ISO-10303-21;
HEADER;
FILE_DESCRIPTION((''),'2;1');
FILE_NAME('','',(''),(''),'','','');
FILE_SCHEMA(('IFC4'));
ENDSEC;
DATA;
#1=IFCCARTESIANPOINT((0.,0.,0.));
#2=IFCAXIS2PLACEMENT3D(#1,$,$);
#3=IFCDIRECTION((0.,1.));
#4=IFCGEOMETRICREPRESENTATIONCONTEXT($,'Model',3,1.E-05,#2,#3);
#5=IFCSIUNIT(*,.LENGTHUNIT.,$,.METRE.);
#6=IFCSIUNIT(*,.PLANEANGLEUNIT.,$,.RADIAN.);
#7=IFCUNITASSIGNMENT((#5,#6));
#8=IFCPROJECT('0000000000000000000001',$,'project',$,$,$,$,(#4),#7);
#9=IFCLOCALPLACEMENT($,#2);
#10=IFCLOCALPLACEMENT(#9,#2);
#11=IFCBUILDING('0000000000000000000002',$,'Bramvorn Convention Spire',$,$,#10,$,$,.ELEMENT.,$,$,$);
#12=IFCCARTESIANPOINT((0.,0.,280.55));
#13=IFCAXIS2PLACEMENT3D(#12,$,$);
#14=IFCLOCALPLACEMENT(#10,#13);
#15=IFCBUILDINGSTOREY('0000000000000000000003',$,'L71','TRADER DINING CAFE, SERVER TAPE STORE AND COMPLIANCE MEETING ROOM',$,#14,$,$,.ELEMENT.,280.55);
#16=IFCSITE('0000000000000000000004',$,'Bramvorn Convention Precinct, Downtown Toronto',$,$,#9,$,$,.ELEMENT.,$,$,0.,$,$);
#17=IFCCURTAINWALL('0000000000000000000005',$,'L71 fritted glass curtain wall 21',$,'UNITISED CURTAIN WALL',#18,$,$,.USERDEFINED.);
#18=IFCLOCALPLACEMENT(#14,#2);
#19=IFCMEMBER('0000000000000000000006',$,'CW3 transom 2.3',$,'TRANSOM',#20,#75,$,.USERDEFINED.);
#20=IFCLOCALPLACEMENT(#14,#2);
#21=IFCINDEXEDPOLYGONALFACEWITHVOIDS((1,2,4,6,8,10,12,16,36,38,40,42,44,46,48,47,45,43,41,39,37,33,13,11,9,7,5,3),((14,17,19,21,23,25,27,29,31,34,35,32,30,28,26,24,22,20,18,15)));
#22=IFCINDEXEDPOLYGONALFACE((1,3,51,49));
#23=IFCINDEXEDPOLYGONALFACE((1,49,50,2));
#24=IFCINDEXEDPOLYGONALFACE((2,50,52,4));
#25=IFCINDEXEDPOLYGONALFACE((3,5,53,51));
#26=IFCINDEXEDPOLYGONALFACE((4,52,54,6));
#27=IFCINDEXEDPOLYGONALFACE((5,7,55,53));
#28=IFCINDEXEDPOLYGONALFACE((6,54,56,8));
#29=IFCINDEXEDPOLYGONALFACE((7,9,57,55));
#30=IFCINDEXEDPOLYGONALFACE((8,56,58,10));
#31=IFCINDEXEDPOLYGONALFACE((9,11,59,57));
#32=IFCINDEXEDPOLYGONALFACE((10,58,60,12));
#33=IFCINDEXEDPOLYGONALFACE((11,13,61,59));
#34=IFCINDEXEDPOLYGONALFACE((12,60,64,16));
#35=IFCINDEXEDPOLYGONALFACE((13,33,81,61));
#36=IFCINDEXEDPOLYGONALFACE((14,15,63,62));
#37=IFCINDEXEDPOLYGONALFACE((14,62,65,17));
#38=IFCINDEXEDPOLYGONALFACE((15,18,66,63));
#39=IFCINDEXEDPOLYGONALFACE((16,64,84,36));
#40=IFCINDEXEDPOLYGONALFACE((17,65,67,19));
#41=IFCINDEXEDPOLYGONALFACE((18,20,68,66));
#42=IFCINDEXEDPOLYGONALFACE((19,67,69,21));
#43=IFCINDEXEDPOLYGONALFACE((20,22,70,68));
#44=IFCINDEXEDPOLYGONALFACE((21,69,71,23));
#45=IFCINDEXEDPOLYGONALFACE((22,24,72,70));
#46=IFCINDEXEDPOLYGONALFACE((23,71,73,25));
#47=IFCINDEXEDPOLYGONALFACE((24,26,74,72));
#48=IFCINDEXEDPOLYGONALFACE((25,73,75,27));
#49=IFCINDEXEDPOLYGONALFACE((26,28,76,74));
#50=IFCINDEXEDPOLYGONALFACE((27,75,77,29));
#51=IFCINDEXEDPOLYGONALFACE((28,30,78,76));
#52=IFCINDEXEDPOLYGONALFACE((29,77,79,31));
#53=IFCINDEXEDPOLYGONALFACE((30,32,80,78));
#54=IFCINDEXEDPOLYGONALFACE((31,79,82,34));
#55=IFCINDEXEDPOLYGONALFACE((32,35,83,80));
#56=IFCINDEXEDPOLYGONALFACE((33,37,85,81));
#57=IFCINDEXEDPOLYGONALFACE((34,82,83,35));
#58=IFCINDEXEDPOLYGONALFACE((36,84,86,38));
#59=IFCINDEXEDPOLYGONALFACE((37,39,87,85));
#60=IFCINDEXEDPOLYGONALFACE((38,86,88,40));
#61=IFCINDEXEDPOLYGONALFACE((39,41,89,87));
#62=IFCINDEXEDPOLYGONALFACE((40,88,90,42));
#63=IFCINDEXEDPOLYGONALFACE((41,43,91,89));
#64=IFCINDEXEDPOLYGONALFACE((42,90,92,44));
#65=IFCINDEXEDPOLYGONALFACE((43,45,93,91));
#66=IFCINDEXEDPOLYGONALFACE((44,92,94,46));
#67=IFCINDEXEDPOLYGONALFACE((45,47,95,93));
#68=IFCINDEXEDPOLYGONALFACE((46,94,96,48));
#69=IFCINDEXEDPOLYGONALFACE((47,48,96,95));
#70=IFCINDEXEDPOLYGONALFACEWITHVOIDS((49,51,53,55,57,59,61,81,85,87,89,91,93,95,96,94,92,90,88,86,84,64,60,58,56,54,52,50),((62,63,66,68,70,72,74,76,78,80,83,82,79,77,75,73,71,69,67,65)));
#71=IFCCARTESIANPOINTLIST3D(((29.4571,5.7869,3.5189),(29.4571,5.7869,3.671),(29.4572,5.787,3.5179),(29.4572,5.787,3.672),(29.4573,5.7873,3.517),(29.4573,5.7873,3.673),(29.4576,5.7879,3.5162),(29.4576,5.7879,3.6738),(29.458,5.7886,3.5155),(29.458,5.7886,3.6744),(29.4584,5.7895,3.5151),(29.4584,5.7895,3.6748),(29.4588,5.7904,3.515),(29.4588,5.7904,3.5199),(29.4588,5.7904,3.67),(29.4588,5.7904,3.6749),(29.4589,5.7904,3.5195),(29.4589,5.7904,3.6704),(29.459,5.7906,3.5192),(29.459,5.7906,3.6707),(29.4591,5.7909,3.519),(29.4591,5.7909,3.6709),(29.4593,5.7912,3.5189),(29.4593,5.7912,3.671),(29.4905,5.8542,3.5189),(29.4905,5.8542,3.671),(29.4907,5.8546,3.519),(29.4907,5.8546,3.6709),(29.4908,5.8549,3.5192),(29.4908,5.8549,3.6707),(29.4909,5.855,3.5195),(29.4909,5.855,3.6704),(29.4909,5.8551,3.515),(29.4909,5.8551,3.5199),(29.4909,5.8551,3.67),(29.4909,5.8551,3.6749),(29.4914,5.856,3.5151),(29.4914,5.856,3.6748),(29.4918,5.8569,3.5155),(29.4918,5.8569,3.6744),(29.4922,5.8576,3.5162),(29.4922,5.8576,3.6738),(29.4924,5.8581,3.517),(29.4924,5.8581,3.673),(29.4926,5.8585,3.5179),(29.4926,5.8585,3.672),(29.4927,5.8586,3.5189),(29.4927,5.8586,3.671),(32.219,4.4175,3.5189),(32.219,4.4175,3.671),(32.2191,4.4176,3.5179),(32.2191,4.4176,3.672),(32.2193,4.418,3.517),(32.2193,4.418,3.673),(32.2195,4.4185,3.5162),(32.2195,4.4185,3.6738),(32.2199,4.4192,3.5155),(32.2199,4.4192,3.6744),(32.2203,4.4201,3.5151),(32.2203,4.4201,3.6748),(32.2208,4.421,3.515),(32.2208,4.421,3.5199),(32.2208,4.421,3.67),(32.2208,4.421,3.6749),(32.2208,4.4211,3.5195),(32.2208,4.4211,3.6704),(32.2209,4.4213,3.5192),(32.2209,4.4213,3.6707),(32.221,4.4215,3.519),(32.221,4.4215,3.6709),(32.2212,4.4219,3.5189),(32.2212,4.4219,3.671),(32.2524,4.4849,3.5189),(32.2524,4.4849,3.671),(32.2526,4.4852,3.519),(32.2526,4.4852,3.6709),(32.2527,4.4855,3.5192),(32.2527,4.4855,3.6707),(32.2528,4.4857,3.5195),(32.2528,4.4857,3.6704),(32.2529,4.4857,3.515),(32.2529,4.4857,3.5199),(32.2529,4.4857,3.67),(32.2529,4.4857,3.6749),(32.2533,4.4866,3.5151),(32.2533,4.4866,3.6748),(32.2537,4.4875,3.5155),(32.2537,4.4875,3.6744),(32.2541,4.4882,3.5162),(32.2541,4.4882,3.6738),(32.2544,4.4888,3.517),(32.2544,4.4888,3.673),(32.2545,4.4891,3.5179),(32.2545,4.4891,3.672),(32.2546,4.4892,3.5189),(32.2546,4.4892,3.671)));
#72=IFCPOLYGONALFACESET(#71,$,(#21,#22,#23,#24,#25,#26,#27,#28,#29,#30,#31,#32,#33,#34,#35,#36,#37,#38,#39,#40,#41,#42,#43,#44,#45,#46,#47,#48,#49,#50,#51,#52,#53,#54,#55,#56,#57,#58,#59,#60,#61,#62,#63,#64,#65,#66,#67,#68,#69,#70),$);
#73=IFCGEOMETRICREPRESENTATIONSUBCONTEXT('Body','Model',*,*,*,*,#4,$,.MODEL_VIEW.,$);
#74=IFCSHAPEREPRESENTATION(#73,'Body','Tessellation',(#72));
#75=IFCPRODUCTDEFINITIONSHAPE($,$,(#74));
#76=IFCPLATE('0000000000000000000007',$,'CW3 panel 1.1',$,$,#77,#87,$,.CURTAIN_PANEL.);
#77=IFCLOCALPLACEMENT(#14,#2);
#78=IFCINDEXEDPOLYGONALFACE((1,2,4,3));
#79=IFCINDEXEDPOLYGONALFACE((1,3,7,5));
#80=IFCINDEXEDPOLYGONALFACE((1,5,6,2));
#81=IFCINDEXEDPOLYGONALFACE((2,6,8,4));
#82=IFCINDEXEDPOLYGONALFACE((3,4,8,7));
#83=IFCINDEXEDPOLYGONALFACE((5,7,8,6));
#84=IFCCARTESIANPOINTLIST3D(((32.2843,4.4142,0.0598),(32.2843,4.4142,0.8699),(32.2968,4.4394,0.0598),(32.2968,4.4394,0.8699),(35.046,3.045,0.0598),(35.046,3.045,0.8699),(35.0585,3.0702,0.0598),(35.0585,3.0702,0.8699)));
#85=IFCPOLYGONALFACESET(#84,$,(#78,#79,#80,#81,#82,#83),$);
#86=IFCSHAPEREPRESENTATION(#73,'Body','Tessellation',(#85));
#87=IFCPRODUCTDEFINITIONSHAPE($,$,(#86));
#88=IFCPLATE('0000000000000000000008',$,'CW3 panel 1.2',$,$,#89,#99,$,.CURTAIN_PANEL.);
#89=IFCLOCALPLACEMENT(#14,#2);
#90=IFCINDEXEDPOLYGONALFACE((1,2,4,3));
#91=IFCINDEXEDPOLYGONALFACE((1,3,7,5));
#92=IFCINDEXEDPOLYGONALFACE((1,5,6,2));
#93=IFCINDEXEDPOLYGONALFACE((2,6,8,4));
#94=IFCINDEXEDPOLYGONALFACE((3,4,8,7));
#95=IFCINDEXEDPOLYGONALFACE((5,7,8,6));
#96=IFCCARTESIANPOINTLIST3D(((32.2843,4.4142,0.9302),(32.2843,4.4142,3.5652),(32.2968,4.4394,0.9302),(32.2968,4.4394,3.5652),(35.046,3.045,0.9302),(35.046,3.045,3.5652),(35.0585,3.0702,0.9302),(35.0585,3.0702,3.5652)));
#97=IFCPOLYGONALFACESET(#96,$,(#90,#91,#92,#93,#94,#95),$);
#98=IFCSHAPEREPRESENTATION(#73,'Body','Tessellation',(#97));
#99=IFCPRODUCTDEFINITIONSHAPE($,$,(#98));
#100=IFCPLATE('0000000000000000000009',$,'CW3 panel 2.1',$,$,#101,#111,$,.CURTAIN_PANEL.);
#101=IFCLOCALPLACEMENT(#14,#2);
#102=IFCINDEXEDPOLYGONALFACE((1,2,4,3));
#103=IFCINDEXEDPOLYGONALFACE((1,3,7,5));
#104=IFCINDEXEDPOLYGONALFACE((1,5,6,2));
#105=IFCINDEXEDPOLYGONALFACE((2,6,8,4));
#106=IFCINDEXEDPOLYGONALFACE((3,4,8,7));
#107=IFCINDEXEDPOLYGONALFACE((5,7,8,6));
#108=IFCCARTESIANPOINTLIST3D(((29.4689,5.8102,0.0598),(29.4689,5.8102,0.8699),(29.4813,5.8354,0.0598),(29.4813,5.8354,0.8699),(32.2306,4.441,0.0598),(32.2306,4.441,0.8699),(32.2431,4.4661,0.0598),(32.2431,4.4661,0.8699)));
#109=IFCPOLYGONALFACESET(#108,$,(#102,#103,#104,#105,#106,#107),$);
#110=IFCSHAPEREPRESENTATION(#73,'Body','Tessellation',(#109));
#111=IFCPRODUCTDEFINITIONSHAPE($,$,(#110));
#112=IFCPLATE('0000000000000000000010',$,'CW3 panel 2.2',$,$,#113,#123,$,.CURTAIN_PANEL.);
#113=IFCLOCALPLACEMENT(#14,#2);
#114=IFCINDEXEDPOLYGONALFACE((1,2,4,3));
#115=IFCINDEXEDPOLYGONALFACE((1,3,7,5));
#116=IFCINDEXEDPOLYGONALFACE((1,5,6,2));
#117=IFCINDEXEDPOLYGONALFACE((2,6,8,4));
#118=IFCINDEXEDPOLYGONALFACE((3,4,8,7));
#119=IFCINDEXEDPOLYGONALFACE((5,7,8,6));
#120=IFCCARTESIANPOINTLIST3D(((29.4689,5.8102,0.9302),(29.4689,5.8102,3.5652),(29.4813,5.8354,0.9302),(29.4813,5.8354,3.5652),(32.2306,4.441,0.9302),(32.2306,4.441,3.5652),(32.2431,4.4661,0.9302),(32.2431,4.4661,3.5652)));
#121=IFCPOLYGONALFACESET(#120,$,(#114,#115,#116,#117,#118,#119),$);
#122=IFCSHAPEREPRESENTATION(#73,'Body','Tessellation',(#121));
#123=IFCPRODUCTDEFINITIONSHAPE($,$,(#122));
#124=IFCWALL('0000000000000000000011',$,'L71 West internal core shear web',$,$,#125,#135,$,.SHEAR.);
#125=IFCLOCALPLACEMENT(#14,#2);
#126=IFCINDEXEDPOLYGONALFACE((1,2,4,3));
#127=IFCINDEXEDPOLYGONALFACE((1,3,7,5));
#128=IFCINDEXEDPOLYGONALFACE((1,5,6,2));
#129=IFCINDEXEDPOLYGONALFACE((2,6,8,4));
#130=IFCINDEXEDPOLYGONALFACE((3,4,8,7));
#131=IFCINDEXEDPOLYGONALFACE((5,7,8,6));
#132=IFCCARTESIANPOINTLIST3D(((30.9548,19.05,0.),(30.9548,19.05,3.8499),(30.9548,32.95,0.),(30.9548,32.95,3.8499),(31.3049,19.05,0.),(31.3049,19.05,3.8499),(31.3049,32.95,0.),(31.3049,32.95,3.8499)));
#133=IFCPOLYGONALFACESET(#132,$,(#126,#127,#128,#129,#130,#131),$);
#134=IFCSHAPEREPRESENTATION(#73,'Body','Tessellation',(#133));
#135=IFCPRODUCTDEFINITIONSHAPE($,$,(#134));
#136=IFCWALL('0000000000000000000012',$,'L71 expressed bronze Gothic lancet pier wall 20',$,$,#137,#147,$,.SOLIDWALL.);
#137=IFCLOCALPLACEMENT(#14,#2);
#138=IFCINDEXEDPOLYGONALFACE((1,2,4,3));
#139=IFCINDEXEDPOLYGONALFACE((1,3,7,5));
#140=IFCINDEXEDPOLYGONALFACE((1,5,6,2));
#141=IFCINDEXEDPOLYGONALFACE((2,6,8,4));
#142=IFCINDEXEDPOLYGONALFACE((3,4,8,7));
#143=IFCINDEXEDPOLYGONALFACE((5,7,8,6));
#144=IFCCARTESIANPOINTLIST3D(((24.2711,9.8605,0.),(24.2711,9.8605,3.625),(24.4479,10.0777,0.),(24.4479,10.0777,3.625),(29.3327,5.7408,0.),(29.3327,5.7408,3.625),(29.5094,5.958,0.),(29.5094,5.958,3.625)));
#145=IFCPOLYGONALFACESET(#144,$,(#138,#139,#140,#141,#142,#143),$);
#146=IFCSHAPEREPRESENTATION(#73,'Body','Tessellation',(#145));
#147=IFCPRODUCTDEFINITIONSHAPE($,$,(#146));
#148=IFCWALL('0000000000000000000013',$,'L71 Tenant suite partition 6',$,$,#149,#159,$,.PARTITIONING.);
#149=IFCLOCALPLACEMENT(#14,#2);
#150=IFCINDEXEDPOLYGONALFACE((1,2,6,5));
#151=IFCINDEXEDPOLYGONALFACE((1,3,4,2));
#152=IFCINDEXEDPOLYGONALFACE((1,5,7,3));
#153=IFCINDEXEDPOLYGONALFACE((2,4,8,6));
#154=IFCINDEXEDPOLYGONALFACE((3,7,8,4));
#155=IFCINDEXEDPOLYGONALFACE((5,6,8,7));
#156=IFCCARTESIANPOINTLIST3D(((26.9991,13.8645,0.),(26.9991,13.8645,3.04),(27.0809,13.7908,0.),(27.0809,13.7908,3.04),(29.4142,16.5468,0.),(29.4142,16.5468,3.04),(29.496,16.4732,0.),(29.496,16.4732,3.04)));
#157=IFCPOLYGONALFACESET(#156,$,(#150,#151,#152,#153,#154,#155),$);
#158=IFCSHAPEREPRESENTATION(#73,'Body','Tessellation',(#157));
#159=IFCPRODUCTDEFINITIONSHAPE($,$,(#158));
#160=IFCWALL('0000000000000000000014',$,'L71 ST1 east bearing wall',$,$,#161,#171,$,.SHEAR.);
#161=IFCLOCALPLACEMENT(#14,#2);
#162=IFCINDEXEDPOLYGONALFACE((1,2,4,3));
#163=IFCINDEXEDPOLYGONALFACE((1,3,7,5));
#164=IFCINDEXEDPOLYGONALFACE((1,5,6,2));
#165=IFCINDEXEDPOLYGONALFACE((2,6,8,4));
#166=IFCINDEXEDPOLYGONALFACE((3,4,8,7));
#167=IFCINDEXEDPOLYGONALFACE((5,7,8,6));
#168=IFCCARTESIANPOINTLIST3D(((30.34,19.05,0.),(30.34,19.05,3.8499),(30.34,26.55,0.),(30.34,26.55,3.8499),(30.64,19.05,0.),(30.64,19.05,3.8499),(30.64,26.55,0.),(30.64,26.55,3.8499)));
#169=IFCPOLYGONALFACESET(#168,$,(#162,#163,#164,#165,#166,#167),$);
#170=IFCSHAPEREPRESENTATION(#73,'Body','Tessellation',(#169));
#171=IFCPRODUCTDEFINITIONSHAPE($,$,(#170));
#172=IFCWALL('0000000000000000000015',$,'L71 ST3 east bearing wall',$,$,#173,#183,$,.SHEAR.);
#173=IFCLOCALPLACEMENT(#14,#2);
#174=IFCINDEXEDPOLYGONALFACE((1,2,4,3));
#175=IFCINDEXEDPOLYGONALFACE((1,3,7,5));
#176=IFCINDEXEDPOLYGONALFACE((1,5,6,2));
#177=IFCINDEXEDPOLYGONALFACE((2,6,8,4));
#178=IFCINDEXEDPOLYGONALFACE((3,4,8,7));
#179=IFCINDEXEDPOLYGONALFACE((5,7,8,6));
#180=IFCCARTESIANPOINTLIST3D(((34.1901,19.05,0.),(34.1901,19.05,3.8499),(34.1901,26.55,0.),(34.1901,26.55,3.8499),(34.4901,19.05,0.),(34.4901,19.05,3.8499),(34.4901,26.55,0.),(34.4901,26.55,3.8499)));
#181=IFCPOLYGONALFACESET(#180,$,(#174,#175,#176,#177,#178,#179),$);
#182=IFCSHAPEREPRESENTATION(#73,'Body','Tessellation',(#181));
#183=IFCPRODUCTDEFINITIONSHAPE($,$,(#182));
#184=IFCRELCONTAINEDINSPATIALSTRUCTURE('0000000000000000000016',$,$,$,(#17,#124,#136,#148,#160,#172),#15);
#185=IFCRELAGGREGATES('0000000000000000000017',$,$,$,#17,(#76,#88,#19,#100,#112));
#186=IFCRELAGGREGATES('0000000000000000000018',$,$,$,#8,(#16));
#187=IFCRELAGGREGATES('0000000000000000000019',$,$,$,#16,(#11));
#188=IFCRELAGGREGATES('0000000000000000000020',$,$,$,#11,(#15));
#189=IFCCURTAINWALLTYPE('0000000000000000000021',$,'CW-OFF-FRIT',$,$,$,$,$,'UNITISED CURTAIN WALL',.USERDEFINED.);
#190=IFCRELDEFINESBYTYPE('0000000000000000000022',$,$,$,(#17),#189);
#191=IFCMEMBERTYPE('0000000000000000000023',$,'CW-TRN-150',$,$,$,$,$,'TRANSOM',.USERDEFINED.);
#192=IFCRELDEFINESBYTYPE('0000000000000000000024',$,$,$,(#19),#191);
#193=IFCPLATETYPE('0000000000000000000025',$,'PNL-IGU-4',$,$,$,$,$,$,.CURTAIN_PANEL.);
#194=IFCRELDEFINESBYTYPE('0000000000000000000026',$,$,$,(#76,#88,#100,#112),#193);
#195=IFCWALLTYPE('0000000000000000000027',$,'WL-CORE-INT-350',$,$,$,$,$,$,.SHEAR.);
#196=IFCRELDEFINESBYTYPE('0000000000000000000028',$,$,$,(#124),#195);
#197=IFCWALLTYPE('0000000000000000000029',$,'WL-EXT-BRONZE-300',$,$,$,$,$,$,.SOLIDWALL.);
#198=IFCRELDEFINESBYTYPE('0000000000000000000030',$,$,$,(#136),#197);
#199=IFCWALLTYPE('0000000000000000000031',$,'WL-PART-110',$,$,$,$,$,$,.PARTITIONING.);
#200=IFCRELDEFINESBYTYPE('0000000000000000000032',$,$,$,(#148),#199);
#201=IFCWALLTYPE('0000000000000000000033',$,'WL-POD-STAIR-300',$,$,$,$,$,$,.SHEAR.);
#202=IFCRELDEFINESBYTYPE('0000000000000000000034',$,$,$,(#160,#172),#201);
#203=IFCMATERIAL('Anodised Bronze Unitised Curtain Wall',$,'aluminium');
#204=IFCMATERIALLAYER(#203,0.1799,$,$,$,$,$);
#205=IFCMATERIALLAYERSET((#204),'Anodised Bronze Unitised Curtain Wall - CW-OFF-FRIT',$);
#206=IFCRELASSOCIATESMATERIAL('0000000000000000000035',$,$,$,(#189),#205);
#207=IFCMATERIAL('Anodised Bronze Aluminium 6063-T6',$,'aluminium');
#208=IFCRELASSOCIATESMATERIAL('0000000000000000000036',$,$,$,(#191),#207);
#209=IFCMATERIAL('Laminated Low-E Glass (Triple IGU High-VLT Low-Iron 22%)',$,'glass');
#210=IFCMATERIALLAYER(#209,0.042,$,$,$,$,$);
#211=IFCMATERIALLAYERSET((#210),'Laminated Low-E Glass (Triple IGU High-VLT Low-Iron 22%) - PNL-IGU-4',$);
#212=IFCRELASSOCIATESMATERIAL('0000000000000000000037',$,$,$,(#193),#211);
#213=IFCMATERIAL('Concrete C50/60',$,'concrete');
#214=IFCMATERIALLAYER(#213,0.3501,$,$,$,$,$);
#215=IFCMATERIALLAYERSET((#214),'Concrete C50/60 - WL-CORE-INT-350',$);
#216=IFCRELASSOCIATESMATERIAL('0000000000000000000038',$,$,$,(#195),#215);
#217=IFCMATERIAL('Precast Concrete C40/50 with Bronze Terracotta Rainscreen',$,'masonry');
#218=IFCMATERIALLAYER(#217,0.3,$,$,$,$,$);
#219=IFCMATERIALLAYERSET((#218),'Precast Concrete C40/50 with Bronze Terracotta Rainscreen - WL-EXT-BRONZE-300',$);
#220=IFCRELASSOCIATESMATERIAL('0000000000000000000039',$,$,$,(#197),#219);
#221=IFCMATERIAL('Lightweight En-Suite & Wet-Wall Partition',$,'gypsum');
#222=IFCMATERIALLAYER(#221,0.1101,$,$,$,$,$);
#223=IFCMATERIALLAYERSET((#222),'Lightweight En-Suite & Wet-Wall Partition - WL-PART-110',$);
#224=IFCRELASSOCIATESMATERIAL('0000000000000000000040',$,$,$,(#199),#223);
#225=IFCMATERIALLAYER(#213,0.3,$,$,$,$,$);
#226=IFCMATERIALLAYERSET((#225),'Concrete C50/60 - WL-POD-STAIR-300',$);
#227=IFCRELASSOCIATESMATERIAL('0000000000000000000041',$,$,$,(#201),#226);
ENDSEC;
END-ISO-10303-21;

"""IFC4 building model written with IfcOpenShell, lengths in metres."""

from ifc_helpers import new_model, si_unit, direction, frame, frame_2d, origin, origin_2d, place, context, subcontext, project, spatial, rectangle, hollow_rectangle, extrude, material, layer, layer_set, material_profile, profile_set, type_object, element, aggregate, save


model = new_model("IFC4")

# Units and contexts
model_context = context("Model", 3, precision=1e-05, world=origin(), true_north=direction((0.0, 1.0)))
body_context = subcontext(model_context, "Body", "Model", "MODEL_VIEW")
ifc_project = project(units=[si_unit("LENGTHUNIT", "METRE"), si_unit("PLANEANGLEUNIT", "RADIAN")], contexts=[model_context])

# Site, building, storey
site_placement = place(None, origin())
site = spatial("IfcSite", under=ifc_project, at=site_placement, Name="Bramvorn Convention Precinct, Downtown Toronto", CompositionType="ELEMENT", RefElevation=0.0)
building_placement = place(site_placement, origin())
building = spatial("IfcBuilding", under=site, at=building_placement, Name="Bramvorn Convention Spire", CompositionType="ELEMENT")
storey_placement = place(building_placement, frame((0.0, 0.0, 280.55)))
storey = spatial("IfcBuildingStorey", under=building, at=storey_placement, Name="L71", Description="TRADER DINING CAFE, SERVER TAPE STORE AND COMPLIANCE MEETING ROOM", CompositionType="ELEMENT", Elevation=280.55)

# Curtain wall, member, plates
ifc_material_1 = material(Name="Anodised Bronze Unitised Curtain Wall", Category="aluminium")
ifc_layer_1 = layer(ifc_material_1, 0.1799)
ifc_layer_set_1 = layer_set([ifc_layer_1], Name="Anodised Bronze Unitised Curtain Wall - CW-OFF-FRIT")
curtain_wall_type = type_object("IfcCurtainWallType", Name="CW-OFF-FRIT", ElementType="UNITISED CURTAIN WALL", PredefinedType="USERDEFINED", material=ifc_layer_set_1)
curtain_wall_placement = place(storey_placement, origin())
curtain_wall = element("IfcCurtainWall", 1, at=curtain_wall_placement, inside=storey, type_object=curtain_wall_type, Name="L71 fritted glass curtain wall 21", ObjectType="UNITISED CURTAIN WALL", PredefinedType="USERDEFINED")
ifc_material_2 = material(Name="Anodised Bronze Aluminium 6063-T6", Category="aluminium")
ifc_material_profile_1 = material_profile(ifc_material_2, hollow_rectangle(XDim=0.0801, YDim=0.1599, WallThickness=0.0039, InnerFilletRadius=0.001, OuterFilletRadius=0.0039, at=origin_2d()))
ifc_profile_set_1 = profile_set([ifc_material_profile_1], Name="Anodised Bronze Aluminium 6063-T6 - CWT80X160")
member_type_1 = type_object("IfcMemberType", Name="CW-TRN-150", ElementType="TRANSOM", PredefinedType="USERDEFINED", material=ifc_profile_set_1)
member_1_placement = place(storey_placement, frame((32.2368, 4.4534, 3.595), z_axis=(-0.895927, 0.444202, 0.0), x_axis=(-0.444202, -0.895927, 0.0)))
member_1 = element("IfcMember", 2, at=member_1_placement, type_object=member_type_1, Name="CW3 transom 2.3", ObjectType="TRANSOM", PredefinedType="USERDEFINED", context=body_context, shape_type="SweptSolid", body=[
    extrude(hollow_rectangle(XDim=0.0801, YDim=0.1599, WallThickness=0.0039, InnerFilletRadius=0.001, OuterFilletRadius=0.0039, at=origin_2d()), origin(), (0.0, 0.0, 1.0), 3.0828),
])
ifc_material_3 = material(Name="Laminated Low-E Glass (Triple IGU High-VLT Low-Iron 22%)", Category="glass")
ifc_layer_2 = layer(ifc_material_3, 0.042)
ifc_layer_set_2 = layer_set([ifc_layer_2], Name="Laminated Low-E Glass (Triple IGU High-VLT Low-Iron 22%) - PNL-IGU-4")
plate_type = type_object("IfcPlateType", Name="PNL-IGU-4", PredefinedType="CURTAIN_PANEL", material=ifc_layer_set_2)
plate_1_placement = place(storey_placement, frame((33.6714, 3.7422, 0.0598), z_axis=(0.0, 0.0, 1.0), x_axis=(-0.895932, 0.444191, 0.0)))
plate_1 = element("IfcPlate", 3, at=plate_1_placement, type_object=plate_type, Name="CW3 panel 1.1", PredefinedType="CURTAIN_PANEL", context=body_context, shape_type="SweptSolid", body=[
    extrude(rectangle(XDim=3.0825, YDim=0.0281, at=origin_2d()), origin(), (0.0, 0.0, 1.0), 0.8101),
])
plate_2_placement = place(storey_placement, frame((33.6714, 3.7422, 0.9302), z_axis=(0.0, 0.0, 1.0), x_axis=(-0.895932, 0.444191, 0.0)))
plate_2 = element("IfcPlate", 4, at=plate_2_placement, type_object=plate_type, Name="CW3 panel 1.2", PredefinedType="CURTAIN_PANEL", context=body_context, shape_type="SweptSolid", body=[
    extrude(rectangle(XDim=3.0825, YDim=0.0281, at=origin_2d()), origin(), (0.0, 0.0, 1.0), 2.635),
])
plate_3_placement = place(storey_placement, frame((30.856, 5.1382, 0.0598), z_axis=(0.0, 0.0, 1.0), x_axis=(-0.895932, 0.444191, 0.0)))
plate_3 = element("IfcPlate", 5, at=plate_3_placement, type_object=plate_type, Name="CW3 panel 2.1", PredefinedType="CURTAIN_PANEL", context=body_context, shape_type="SweptSolid", body=[
    extrude(rectangle(XDim=3.0825, YDim=0.0281, at=origin_2d()), origin(), (0.0, 0.0, 1.0), 0.8101),
])
plate_4_placement = place(storey_placement, frame((30.856, 5.1382, 0.9302), z_axis=(0.0, 0.0, 1.0), x_axis=(-0.895932, 0.444191, 0.0)))
plate_4 = element("IfcPlate", 6, at=plate_4_placement, type_object=plate_type, Name="CW3 panel 2.2", PredefinedType="CURTAIN_PANEL", context=body_context, shape_type="SweptSolid", body=[
    extrude(rectangle(XDim=3.0825, YDim=0.0281, at=origin_2d()), origin(), (0.0, 0.0, 1.0), 2.635),
])
aggregate(curtain_wall, [plate_1, plate_2, member_1, plate_3, plate_4])

# Walls
ifc_material_4 = material(Name="Concrete C50/60", Category="concrete")
ifc_layer_3 = layer(ifc_material_4, 0.3501)
ifc_layer_set_3 = layer_set([ifc_layer_3], Name="Concrete C50/60 - WL-CORE-INT-350")
wall_type_1 = type_object("IfcWallType", Name="WL-CORE-INT-350", PredefinedType="SHEAR", material=ifc_layer_set_3)
wall_1_placement = place(storey_placement, frame((31.1299, 19.05, 0.0), z_axis=(0.0, 0.0, 1.0), x_axis=(0.0, 1.0, 0.0)))
element("IfcWall", 7, at=wall_1_placement, inside=storey, type_object=wall_type_1, Name="L71 West internal core shear web", PredefinedType="SHEAR", context=body_context, shape_type="SweptSolid", body=[
    extrude(rectangle(XDim=13.8999, YDim=0.3501, at=frame_2d((6.95, 0.0))), origin(), (0.0, 0.0, 1.0), 3.8499),
])
ifc_material_5 = material(Name="Precast Concrete C40/50 with Bronze Terracotta Rainscreen", Category="masonry")
ifc_layer_4 = layer(ifc_material_5, 0.3)
ifc_layer_set_4 = layer_set([ifc_layer_4], Name="Precast Concrete C40/50 with Bronze Terracotta Rainscreen - WL-EXT-BRONZE-300")
wall_type_2 = type_object("IfcWallType", Name="WL-EXT-BRONZE-300", PredefinedType="SOLIDWALL", material=ifc_layer_set_4)
wall_2_placement = place(storey_placement, frame((29.4211, 5.8494, 0.0), z_axis=(0.0, 0.0, 1.0), x_axis=(-0.775578, 0.631252, 0.0)))
element("IfcWall", 8, at=wall_2_placement, inside=storey, type_object=wall_type_2, Name="L71 expressed bronze Gothic lancet pier wall 20", PredefinedType="SOLIDWALL", context=body_context, shape_type="SweptSolid", body=[
    extrude(rectangle(XDim=6.5261, YDim=0.28, at=frame_2d((3.2632, 0.0))), origin(), (0.0, 0.0, 1.0), 3.625),
])
ifc_material_6 = material(Name="Lightweight En-Suite & Wet-Wall Partition", Category="gypsum")
ifc_layer_5 = layer(ifc_material_6, 0.1101)
ifc_layer_set_5 = layer_set([ifc_layer_5], Name="Lightweight En-Suite & Wet-Wall Partition - WL-PART-110")
wall_type_3 = type_object("IfcWallType", Name="WL-PART-110", PredefinedType="PARTITIONING", material=ifc_layer_set_5)
wall_3_placement = place(storey_placement, frame((29.4551, 16.51, 0.0), z_axis=(0.0, 0.0, 1.0), x_axis=(-0.669103, -0.74317, 0.0)))
element("IfcWall", 9, at=wall_3_placement, inside=storey, type_object=wall_type_3, Name="L71 Tenant suite partition 6", PredefinedType="PARTITIONING", context=body_context, shape_type="SweptSolid", body=[
    extrude(rectangle(XDim=3.6094, YDim=0.1101, at=frame_2d((1.8047, 0.0))), origin(), (0.0, 0.0, 1.0), 3.04),
])
ifc_layer_6 = layer(ifc_material_4, 0.3)
ifc_layer_set_6 = layer_set([ifc_layer_6], Name="Concrete C50/60 - WL-POD-STAIR-300")
wall_type_4 = type_object("IfcWallType", Name="WL-POD-STAIR-300", PredefinedType="SHEAR", material=ifc_layer_set_6)
for number, where, z_axis, x_axis, name in (
    (10, (30.49, 19.05, 0.0), (0.0, 0.0, 1.0), (0.0, 1.0, 0.0), "L71 ST1 east bearing wall"),
    (11, (34.3401, 19.05, 0.0), (0.0, 0.0, 1.0), (0.0, 1.0, 0.0), "L71 ST3 east bearing wall"),
):
    element("IfcWall", number, at=place(storey_placement, frame(where, z_axis=z_axis, x_axis=x_axis)), inside=storey, type_object=wall_type_4, Name=name, PredefinedType="SHEAR", context=body_context, shape_type="SweptSolid", body=[
        extrude(rectangle(XDim=7.5, YDim=0.3, at=frame_2d((3.75, 0.0))), origin(), (0.0, 0.0, 1.0), 3.8499),
    ])

save(model, "model.ifc")
